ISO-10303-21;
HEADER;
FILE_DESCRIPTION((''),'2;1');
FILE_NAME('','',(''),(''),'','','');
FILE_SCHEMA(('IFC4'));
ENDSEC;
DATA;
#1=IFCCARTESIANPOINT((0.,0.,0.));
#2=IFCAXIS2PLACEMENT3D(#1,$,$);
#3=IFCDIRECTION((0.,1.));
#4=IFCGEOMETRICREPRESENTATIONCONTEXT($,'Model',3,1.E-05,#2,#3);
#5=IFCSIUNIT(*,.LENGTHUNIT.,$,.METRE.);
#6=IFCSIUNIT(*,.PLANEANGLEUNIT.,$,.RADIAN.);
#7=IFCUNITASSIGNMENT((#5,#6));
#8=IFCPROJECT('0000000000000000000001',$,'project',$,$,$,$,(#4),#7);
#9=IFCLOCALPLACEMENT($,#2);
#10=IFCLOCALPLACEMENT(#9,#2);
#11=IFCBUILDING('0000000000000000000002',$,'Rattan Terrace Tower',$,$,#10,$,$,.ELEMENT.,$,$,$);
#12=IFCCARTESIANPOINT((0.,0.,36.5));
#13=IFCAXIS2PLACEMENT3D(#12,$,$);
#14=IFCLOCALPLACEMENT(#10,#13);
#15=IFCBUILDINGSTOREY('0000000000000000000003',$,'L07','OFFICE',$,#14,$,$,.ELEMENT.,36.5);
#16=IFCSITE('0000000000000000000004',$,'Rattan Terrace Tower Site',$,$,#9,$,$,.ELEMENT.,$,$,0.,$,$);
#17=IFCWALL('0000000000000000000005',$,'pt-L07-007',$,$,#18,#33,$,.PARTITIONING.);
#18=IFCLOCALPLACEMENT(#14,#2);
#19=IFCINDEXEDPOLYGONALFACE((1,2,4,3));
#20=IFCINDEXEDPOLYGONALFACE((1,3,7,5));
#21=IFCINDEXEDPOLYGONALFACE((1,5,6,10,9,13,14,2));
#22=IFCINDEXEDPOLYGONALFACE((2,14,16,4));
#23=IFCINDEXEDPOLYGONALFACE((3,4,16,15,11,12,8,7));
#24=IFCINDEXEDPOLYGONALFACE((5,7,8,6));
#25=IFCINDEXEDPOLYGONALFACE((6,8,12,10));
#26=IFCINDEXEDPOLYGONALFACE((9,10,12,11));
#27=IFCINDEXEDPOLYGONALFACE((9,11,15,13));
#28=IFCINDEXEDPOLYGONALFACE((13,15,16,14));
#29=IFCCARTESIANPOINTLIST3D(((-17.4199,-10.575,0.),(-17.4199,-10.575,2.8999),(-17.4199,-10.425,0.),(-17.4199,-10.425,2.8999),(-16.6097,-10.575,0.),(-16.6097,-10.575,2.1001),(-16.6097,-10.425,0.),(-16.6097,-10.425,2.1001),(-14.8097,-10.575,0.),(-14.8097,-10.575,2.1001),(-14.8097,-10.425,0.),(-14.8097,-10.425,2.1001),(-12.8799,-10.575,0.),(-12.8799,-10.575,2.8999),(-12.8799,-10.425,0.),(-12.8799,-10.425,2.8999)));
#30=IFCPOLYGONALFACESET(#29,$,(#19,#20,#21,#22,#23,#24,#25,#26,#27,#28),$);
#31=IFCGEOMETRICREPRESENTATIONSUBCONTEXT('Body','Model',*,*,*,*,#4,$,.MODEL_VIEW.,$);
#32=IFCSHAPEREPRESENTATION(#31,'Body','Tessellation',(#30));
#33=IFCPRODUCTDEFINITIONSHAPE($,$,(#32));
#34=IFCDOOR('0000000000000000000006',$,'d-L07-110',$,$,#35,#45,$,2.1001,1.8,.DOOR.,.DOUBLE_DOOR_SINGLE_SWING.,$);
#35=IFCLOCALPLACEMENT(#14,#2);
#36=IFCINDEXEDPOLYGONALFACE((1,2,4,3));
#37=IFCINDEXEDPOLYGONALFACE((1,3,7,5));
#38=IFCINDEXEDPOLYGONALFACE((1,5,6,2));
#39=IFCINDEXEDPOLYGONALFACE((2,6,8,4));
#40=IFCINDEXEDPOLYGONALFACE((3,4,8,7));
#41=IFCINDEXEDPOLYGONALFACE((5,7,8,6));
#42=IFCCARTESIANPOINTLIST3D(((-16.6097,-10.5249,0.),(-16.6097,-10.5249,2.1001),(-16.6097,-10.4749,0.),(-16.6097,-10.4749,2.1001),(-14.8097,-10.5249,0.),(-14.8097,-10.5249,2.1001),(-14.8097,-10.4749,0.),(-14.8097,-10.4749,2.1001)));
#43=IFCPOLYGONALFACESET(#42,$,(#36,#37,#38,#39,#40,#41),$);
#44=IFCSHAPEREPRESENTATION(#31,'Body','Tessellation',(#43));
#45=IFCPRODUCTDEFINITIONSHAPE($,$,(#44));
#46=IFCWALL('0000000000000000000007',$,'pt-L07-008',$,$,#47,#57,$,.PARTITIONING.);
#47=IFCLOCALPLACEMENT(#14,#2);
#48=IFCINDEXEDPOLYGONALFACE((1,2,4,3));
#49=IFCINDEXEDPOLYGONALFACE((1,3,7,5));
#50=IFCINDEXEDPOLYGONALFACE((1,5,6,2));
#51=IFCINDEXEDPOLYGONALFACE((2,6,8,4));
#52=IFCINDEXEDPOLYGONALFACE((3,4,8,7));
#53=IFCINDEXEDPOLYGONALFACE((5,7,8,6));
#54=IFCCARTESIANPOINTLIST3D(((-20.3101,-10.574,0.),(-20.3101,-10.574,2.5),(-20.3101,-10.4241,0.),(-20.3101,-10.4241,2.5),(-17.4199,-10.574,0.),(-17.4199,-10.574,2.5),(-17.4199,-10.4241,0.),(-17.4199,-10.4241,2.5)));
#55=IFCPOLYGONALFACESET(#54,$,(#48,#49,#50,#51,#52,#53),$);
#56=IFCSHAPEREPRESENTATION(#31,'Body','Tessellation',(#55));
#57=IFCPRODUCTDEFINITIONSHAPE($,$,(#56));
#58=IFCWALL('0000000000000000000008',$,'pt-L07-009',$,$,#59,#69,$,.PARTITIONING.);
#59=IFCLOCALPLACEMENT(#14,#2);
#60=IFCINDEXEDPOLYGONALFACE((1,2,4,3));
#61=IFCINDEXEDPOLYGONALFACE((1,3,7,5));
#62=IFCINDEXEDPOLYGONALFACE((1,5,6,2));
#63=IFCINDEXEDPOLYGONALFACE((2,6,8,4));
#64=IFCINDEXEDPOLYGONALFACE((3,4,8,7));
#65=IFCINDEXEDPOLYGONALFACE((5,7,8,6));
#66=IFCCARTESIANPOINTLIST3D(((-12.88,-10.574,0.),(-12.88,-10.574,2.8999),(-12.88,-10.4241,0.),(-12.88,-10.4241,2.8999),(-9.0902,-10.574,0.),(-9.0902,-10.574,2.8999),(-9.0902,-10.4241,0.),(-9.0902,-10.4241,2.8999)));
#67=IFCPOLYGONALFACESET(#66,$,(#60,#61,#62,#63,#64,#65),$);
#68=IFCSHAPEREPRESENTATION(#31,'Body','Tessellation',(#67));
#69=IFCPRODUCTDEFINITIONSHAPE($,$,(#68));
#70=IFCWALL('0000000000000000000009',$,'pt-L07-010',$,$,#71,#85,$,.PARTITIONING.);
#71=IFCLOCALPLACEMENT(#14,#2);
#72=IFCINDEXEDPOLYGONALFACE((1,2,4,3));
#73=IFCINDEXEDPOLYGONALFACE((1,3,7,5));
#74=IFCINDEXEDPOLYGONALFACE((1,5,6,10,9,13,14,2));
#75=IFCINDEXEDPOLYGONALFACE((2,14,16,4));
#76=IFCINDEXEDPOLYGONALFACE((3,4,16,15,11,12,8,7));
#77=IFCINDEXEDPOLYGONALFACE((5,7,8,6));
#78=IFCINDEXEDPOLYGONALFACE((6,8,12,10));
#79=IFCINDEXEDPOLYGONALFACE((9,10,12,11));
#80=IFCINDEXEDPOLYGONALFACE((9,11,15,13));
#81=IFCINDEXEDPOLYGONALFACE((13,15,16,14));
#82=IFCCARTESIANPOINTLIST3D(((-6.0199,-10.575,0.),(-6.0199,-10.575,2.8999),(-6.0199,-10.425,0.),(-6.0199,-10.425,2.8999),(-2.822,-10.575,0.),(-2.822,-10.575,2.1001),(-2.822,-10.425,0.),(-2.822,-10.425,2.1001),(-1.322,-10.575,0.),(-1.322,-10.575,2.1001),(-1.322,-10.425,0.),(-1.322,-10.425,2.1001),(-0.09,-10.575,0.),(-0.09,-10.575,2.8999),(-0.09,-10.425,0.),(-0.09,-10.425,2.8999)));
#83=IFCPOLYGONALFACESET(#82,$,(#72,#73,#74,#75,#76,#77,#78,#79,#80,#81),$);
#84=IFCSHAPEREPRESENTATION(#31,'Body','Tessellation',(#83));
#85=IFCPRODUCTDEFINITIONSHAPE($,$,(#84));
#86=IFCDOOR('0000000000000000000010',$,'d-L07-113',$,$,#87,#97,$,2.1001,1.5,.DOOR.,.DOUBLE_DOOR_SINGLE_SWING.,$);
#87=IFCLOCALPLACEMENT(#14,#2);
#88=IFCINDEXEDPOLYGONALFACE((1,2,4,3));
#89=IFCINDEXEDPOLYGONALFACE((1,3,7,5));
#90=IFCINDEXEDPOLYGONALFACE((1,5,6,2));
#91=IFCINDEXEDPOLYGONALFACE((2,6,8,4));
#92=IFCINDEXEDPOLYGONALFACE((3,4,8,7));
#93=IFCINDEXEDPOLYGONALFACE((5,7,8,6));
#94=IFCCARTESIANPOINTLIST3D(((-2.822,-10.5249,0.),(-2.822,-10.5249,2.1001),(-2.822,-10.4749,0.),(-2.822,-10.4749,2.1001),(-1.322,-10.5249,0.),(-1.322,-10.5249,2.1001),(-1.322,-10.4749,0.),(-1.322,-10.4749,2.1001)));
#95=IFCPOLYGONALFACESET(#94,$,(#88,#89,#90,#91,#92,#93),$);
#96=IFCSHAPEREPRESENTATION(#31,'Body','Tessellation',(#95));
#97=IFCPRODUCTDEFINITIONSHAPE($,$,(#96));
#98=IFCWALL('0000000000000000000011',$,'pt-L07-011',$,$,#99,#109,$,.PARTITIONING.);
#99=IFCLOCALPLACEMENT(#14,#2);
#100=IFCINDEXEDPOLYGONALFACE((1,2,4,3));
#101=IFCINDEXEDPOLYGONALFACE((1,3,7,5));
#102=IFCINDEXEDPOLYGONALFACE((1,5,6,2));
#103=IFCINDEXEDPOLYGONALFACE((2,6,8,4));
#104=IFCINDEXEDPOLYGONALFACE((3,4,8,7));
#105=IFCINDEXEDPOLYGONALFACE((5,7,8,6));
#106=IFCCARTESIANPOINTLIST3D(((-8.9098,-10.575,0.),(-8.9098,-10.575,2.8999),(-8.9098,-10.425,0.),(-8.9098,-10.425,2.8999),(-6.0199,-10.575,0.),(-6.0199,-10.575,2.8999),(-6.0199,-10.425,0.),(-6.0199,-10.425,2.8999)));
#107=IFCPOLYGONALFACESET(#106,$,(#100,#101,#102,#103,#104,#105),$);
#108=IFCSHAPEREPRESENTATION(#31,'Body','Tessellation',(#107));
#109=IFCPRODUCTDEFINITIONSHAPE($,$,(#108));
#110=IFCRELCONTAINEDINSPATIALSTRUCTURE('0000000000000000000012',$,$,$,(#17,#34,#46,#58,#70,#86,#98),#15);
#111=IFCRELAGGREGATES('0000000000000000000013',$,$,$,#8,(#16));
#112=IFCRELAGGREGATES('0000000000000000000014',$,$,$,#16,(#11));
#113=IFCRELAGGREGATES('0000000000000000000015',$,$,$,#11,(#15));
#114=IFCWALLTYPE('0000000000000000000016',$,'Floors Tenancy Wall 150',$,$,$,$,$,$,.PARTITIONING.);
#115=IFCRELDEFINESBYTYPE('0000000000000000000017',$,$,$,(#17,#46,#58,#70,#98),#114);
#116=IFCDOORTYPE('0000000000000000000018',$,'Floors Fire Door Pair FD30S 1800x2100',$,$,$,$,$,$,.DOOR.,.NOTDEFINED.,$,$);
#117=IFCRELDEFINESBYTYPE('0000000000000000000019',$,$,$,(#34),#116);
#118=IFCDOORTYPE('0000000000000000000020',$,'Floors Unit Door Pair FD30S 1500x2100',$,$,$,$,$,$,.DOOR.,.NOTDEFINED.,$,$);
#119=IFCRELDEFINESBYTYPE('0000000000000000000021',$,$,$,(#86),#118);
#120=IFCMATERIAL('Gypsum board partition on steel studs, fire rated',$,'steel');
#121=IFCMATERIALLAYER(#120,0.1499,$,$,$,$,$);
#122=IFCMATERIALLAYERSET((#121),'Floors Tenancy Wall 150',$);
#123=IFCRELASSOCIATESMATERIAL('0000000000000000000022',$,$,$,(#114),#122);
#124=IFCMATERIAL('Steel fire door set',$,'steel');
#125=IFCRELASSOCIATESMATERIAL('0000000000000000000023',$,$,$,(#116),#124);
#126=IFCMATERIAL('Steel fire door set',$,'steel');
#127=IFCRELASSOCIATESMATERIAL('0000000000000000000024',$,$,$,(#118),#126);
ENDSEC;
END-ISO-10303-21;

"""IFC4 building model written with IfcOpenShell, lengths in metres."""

from ifc_helpers import new_model, si_unit, direction, frame, frame_2d, origin, place, context, subcontext, project, spatial, rectangle, extrude, material, layer, layer_set, type_object, element, fill, save


model = new_model("IFC4")

# Units and contexts
model_context = context("Model", 3, precision=1e-05, world=origin(), true_north=direction((0.0, 1.0)))
body_context = subcontext(model_context, "Body", "Model", "MODEL_VIEW")
ifc_project = project(units=[si_unit("LENGTHUNIT", "METRE"), si_unit("PLANEANGLEUNIT", "RADIAN")], contexts=[model_context])

# Site, building, storey
site_placement = place(None, origin())
site = spatial("IfcSite", under=ifc_project, at=site_placement, Name="Rattan Terrace Tower Site", CompositionType="ELEMENT", RefElevation=0.0)
building_placement = place(site_placement, origin())
building = spatial("IfcBuilding", under=site, at=building_placement, Name="Rattan Terrace Tower", CompositionType="ELEMENT")
storey_placement = place(building_placement, frame((0.0, 0.0, 36.5)))
storey = spatial("IfcBuildingStorey", under=building, at=storey_placement, Name="L07", Description="OFFICE", CompositionType="ELEMENT", Elevation=36.5)

# Wall, opening, door
ifc_material_1 = material(Name="Gypsum board partition on steel studs, fire rated", Category="steel")
ifc_layer_1 = layer(ifc_material_1, 0.1499)
ifc_layer_set_1 = layer_set([ifc_layer_1], Name="Floors Tenancy Wall 150")
wall_type_1 = type_object("IfcWallType", Name="Floors Tenancy Wall 150", PredefinedType="PARTITIONING", material=ifc_layer_set_1)
wall_1_placement = place(storey_placement, frame((-12.8799, -10.5, 0.0), z_axis=(0.0, 0.0, 1.0), x_axis=(-1.0, 0.0, 0.0)))
wall_1 = element("IfcWall", 1, at=wall_1_placement, inside=storey, type_object=wall_type_1, Name="pt-L07-007", PredefinedType="PARTITIONING", context=body_context, shape_type="SweptSolid", body=[
    extrude(rectangle(XDim=4.54, YDim=0.1499, at=frame_2d((2.27, 0.0))), origin(), (0.0, 0.0, 1.0), 2.8999),
])
opening_1_placement = place(wall_1_placement, frame((1.9299, 0.0, 0.0)))
opening_1 = element("IfcOpeningElement", 2, at=opening_1_placement, cuts=wall_1, PredefinedType="OPENING", context=body_context, shape_type="SweptSolid", body=[
    extrude(rectangle(XDim=1.8, YDim=2.1001, at=frame_2d((0.8999, 1.05))), frame((0.0, 0.0854, 0.0), z_axis=(0.0, -1.0, 0.0), x_axis=(1.0, 0.0, 0.0)), (0.0, 0.0, 1.0), 0.1709),
])
ifc_material_2 = material(Name="Steel fire door set", Category="steel")
door_type_1 = type_object("IfcDoorType", Name="Floors Fire Door Pair FD30S 1800x2100", OperationType="NOTDEFINED", PredefinedType="DOOR", material=ifc_material_2)
door_1_placement = place(opening_1_placement, origin())
door_1 = element("IfcDoor", 3, at=door_1_placement, inside=storey, type_object=door_type_1, Name="d-L07-110", OperationType="DOUBLE_DOOR_SINGLE_SWING", OverallHeight=2.1001, OverallWidth=1.8, PredefinedType="DOOR", context=body_context, shape_type="SweptSolid", body=[
    extrude(rectangle(XDim=1.8, YDim=2.1001, at=frame_2d((0.8999, 1.05))), frame((0.0, 0.0249, 0.0), z_axis=(0.0, -1.0, 0.0), x_axis=(1.0, 0.0, 0.0)), (0.0, 0.0, 1.0), 0.05),
])
fill(opening_1, door_1)

# Walls
wall_2_placement = place(storey_placement, frame((-17.4199, -10.499, 0.0), z_axis=(0.0, 0.0, 1.0), x_axis=(-1.0, 0.0, 0.0)))
element("IfcWall", 4, at=wall_2_placement, inside=storey, type_object=wall_type_1, Name="pt-L07-008", PredefinedType="PARTITIONING", context=body_context, shape_type="SweptSolid", body=[
    extrude(rectangle(XDim=2.8901, YDim=0.1499, at=frame_2d((1.4451, 0.0))), origin(), (0.0, 0.0, 1.0), 2.5),
])
wall_3_placement = place(storey_placement, frame((-9.0901, -10.499, 0.0), z_axis=(0.0, 0.0, 1.0), x_axis=(-1.0, 0.0, 0.0)))
element("IfcWall", 5, at=wall_3_placement, inside=storey, type_object=wall_type_1, Name="pt-L07-009", PredefinedType="PARTITIONING", context=body_context, shape_type="SweptSolid", body=[
    extrude(rectangle(XDim=3.7898, YDim=0.1499, at=frame_2d((1.895, 0.0))), origin(), (0.0, 0.0, 1.0), 2.8999),
])

# Wall, opening, door
wall_4_placement = place(storey_placement, frame((-0.0901, -10.5, 0.0), z_axis=(0.0, 0.0, 1.0), x_axis=(-1.0, 0.0, 0.0)))
wall_4 = element("IfcWall", 6, at=wall_4_placement, inside=storey, type_object=wall_type_1, Name="pt-L07-010", PredefinedType="PARTITIONING", context=body_context, shape_type="SweptSolid", body=[
    extrude(rectangle(XDim=5.9299, YDim=0.1499, at=frame_2d((2.9648, 0.0))), origin(), (0.0, 0.0, 1.0), 2.8999),
])
opening_2_placement = place(wall_4_placement, frame((1.2319, 0.0, 0.0)))
opening_2 = element("IfcOpeningElement", 7, at=opening_2_placement, cuts=wall_4, PredefinedType="OPENING", context=body_context, shape_type="SweptSolid", body=[
    extrude(rectangle(XDim=1.5, YDim=2.1001, at=frame_2d((0.75, 1.05))), frame((0.0, 0.0854, 0.0), z_axis=(0.0, -1.0, 0.0), x_axis=(1.0, 0.0, 0.0)), (0.0, 0.0, 1.0), 0.1709),
])
ifc_material_3 = material(Name="Steel fire door set", Category="steel")
door_type_2 = type_object("IfcDoorType", Name="Floors Unit Door Pair FD30S 1500x2100", OperationType="NOTDEFINED", PredefinedType="DOOR", material=ifc_material_3)
door_2_placement = place(opening_2_placement, origin())
door_2 = element("IfcDoor", 8, at=door_2_placement, inside=storey, type_object=door_type_2, Name="d-L07-113", OperationType="DOUBLE_DOOR_SINGLE_SWING", OverallHeight=2.1001, OverallWidth=1.5, PredefinedType="DOOR", context=body_context, shape_type="SweptSolid", body=[
    extrude(rectangle(XDim=1.5, YDim=2.1001, at=frame_2d((0.75, 1.05))), frame((0.0, 0.0249, 0.0), z_axis=(0.0, -1.0, 0.0), x_axis=(1.0, 0.0, 0.0)), (0.0, 0.0, 1.0), 0.05),
])
fill(opening_2, door_2)

# Wall
wall_5_placement = place(storey_placement, frame((-6.02, -10.5, 0.0), z_axis=(0.0, 0.0, 1.0), x_axis=(-1.0, 0.0, 0.0)))
element("IfcWall", 9, at=wall_5_placement, inside=storey, type_object=wall_type_1, Name="pt-L07-011", PredefinedType="PARTITIONING", context=body_context, shape_type="SweptSolid", body=[
    extrude(rectangle(XDim=2.8899, YDim=0.1499, at=frame_2d((1.4448, 0.0))), origin(), (0.0, 0.0, 1.0), 2.8999),
])

save(model, "model.ifc")
